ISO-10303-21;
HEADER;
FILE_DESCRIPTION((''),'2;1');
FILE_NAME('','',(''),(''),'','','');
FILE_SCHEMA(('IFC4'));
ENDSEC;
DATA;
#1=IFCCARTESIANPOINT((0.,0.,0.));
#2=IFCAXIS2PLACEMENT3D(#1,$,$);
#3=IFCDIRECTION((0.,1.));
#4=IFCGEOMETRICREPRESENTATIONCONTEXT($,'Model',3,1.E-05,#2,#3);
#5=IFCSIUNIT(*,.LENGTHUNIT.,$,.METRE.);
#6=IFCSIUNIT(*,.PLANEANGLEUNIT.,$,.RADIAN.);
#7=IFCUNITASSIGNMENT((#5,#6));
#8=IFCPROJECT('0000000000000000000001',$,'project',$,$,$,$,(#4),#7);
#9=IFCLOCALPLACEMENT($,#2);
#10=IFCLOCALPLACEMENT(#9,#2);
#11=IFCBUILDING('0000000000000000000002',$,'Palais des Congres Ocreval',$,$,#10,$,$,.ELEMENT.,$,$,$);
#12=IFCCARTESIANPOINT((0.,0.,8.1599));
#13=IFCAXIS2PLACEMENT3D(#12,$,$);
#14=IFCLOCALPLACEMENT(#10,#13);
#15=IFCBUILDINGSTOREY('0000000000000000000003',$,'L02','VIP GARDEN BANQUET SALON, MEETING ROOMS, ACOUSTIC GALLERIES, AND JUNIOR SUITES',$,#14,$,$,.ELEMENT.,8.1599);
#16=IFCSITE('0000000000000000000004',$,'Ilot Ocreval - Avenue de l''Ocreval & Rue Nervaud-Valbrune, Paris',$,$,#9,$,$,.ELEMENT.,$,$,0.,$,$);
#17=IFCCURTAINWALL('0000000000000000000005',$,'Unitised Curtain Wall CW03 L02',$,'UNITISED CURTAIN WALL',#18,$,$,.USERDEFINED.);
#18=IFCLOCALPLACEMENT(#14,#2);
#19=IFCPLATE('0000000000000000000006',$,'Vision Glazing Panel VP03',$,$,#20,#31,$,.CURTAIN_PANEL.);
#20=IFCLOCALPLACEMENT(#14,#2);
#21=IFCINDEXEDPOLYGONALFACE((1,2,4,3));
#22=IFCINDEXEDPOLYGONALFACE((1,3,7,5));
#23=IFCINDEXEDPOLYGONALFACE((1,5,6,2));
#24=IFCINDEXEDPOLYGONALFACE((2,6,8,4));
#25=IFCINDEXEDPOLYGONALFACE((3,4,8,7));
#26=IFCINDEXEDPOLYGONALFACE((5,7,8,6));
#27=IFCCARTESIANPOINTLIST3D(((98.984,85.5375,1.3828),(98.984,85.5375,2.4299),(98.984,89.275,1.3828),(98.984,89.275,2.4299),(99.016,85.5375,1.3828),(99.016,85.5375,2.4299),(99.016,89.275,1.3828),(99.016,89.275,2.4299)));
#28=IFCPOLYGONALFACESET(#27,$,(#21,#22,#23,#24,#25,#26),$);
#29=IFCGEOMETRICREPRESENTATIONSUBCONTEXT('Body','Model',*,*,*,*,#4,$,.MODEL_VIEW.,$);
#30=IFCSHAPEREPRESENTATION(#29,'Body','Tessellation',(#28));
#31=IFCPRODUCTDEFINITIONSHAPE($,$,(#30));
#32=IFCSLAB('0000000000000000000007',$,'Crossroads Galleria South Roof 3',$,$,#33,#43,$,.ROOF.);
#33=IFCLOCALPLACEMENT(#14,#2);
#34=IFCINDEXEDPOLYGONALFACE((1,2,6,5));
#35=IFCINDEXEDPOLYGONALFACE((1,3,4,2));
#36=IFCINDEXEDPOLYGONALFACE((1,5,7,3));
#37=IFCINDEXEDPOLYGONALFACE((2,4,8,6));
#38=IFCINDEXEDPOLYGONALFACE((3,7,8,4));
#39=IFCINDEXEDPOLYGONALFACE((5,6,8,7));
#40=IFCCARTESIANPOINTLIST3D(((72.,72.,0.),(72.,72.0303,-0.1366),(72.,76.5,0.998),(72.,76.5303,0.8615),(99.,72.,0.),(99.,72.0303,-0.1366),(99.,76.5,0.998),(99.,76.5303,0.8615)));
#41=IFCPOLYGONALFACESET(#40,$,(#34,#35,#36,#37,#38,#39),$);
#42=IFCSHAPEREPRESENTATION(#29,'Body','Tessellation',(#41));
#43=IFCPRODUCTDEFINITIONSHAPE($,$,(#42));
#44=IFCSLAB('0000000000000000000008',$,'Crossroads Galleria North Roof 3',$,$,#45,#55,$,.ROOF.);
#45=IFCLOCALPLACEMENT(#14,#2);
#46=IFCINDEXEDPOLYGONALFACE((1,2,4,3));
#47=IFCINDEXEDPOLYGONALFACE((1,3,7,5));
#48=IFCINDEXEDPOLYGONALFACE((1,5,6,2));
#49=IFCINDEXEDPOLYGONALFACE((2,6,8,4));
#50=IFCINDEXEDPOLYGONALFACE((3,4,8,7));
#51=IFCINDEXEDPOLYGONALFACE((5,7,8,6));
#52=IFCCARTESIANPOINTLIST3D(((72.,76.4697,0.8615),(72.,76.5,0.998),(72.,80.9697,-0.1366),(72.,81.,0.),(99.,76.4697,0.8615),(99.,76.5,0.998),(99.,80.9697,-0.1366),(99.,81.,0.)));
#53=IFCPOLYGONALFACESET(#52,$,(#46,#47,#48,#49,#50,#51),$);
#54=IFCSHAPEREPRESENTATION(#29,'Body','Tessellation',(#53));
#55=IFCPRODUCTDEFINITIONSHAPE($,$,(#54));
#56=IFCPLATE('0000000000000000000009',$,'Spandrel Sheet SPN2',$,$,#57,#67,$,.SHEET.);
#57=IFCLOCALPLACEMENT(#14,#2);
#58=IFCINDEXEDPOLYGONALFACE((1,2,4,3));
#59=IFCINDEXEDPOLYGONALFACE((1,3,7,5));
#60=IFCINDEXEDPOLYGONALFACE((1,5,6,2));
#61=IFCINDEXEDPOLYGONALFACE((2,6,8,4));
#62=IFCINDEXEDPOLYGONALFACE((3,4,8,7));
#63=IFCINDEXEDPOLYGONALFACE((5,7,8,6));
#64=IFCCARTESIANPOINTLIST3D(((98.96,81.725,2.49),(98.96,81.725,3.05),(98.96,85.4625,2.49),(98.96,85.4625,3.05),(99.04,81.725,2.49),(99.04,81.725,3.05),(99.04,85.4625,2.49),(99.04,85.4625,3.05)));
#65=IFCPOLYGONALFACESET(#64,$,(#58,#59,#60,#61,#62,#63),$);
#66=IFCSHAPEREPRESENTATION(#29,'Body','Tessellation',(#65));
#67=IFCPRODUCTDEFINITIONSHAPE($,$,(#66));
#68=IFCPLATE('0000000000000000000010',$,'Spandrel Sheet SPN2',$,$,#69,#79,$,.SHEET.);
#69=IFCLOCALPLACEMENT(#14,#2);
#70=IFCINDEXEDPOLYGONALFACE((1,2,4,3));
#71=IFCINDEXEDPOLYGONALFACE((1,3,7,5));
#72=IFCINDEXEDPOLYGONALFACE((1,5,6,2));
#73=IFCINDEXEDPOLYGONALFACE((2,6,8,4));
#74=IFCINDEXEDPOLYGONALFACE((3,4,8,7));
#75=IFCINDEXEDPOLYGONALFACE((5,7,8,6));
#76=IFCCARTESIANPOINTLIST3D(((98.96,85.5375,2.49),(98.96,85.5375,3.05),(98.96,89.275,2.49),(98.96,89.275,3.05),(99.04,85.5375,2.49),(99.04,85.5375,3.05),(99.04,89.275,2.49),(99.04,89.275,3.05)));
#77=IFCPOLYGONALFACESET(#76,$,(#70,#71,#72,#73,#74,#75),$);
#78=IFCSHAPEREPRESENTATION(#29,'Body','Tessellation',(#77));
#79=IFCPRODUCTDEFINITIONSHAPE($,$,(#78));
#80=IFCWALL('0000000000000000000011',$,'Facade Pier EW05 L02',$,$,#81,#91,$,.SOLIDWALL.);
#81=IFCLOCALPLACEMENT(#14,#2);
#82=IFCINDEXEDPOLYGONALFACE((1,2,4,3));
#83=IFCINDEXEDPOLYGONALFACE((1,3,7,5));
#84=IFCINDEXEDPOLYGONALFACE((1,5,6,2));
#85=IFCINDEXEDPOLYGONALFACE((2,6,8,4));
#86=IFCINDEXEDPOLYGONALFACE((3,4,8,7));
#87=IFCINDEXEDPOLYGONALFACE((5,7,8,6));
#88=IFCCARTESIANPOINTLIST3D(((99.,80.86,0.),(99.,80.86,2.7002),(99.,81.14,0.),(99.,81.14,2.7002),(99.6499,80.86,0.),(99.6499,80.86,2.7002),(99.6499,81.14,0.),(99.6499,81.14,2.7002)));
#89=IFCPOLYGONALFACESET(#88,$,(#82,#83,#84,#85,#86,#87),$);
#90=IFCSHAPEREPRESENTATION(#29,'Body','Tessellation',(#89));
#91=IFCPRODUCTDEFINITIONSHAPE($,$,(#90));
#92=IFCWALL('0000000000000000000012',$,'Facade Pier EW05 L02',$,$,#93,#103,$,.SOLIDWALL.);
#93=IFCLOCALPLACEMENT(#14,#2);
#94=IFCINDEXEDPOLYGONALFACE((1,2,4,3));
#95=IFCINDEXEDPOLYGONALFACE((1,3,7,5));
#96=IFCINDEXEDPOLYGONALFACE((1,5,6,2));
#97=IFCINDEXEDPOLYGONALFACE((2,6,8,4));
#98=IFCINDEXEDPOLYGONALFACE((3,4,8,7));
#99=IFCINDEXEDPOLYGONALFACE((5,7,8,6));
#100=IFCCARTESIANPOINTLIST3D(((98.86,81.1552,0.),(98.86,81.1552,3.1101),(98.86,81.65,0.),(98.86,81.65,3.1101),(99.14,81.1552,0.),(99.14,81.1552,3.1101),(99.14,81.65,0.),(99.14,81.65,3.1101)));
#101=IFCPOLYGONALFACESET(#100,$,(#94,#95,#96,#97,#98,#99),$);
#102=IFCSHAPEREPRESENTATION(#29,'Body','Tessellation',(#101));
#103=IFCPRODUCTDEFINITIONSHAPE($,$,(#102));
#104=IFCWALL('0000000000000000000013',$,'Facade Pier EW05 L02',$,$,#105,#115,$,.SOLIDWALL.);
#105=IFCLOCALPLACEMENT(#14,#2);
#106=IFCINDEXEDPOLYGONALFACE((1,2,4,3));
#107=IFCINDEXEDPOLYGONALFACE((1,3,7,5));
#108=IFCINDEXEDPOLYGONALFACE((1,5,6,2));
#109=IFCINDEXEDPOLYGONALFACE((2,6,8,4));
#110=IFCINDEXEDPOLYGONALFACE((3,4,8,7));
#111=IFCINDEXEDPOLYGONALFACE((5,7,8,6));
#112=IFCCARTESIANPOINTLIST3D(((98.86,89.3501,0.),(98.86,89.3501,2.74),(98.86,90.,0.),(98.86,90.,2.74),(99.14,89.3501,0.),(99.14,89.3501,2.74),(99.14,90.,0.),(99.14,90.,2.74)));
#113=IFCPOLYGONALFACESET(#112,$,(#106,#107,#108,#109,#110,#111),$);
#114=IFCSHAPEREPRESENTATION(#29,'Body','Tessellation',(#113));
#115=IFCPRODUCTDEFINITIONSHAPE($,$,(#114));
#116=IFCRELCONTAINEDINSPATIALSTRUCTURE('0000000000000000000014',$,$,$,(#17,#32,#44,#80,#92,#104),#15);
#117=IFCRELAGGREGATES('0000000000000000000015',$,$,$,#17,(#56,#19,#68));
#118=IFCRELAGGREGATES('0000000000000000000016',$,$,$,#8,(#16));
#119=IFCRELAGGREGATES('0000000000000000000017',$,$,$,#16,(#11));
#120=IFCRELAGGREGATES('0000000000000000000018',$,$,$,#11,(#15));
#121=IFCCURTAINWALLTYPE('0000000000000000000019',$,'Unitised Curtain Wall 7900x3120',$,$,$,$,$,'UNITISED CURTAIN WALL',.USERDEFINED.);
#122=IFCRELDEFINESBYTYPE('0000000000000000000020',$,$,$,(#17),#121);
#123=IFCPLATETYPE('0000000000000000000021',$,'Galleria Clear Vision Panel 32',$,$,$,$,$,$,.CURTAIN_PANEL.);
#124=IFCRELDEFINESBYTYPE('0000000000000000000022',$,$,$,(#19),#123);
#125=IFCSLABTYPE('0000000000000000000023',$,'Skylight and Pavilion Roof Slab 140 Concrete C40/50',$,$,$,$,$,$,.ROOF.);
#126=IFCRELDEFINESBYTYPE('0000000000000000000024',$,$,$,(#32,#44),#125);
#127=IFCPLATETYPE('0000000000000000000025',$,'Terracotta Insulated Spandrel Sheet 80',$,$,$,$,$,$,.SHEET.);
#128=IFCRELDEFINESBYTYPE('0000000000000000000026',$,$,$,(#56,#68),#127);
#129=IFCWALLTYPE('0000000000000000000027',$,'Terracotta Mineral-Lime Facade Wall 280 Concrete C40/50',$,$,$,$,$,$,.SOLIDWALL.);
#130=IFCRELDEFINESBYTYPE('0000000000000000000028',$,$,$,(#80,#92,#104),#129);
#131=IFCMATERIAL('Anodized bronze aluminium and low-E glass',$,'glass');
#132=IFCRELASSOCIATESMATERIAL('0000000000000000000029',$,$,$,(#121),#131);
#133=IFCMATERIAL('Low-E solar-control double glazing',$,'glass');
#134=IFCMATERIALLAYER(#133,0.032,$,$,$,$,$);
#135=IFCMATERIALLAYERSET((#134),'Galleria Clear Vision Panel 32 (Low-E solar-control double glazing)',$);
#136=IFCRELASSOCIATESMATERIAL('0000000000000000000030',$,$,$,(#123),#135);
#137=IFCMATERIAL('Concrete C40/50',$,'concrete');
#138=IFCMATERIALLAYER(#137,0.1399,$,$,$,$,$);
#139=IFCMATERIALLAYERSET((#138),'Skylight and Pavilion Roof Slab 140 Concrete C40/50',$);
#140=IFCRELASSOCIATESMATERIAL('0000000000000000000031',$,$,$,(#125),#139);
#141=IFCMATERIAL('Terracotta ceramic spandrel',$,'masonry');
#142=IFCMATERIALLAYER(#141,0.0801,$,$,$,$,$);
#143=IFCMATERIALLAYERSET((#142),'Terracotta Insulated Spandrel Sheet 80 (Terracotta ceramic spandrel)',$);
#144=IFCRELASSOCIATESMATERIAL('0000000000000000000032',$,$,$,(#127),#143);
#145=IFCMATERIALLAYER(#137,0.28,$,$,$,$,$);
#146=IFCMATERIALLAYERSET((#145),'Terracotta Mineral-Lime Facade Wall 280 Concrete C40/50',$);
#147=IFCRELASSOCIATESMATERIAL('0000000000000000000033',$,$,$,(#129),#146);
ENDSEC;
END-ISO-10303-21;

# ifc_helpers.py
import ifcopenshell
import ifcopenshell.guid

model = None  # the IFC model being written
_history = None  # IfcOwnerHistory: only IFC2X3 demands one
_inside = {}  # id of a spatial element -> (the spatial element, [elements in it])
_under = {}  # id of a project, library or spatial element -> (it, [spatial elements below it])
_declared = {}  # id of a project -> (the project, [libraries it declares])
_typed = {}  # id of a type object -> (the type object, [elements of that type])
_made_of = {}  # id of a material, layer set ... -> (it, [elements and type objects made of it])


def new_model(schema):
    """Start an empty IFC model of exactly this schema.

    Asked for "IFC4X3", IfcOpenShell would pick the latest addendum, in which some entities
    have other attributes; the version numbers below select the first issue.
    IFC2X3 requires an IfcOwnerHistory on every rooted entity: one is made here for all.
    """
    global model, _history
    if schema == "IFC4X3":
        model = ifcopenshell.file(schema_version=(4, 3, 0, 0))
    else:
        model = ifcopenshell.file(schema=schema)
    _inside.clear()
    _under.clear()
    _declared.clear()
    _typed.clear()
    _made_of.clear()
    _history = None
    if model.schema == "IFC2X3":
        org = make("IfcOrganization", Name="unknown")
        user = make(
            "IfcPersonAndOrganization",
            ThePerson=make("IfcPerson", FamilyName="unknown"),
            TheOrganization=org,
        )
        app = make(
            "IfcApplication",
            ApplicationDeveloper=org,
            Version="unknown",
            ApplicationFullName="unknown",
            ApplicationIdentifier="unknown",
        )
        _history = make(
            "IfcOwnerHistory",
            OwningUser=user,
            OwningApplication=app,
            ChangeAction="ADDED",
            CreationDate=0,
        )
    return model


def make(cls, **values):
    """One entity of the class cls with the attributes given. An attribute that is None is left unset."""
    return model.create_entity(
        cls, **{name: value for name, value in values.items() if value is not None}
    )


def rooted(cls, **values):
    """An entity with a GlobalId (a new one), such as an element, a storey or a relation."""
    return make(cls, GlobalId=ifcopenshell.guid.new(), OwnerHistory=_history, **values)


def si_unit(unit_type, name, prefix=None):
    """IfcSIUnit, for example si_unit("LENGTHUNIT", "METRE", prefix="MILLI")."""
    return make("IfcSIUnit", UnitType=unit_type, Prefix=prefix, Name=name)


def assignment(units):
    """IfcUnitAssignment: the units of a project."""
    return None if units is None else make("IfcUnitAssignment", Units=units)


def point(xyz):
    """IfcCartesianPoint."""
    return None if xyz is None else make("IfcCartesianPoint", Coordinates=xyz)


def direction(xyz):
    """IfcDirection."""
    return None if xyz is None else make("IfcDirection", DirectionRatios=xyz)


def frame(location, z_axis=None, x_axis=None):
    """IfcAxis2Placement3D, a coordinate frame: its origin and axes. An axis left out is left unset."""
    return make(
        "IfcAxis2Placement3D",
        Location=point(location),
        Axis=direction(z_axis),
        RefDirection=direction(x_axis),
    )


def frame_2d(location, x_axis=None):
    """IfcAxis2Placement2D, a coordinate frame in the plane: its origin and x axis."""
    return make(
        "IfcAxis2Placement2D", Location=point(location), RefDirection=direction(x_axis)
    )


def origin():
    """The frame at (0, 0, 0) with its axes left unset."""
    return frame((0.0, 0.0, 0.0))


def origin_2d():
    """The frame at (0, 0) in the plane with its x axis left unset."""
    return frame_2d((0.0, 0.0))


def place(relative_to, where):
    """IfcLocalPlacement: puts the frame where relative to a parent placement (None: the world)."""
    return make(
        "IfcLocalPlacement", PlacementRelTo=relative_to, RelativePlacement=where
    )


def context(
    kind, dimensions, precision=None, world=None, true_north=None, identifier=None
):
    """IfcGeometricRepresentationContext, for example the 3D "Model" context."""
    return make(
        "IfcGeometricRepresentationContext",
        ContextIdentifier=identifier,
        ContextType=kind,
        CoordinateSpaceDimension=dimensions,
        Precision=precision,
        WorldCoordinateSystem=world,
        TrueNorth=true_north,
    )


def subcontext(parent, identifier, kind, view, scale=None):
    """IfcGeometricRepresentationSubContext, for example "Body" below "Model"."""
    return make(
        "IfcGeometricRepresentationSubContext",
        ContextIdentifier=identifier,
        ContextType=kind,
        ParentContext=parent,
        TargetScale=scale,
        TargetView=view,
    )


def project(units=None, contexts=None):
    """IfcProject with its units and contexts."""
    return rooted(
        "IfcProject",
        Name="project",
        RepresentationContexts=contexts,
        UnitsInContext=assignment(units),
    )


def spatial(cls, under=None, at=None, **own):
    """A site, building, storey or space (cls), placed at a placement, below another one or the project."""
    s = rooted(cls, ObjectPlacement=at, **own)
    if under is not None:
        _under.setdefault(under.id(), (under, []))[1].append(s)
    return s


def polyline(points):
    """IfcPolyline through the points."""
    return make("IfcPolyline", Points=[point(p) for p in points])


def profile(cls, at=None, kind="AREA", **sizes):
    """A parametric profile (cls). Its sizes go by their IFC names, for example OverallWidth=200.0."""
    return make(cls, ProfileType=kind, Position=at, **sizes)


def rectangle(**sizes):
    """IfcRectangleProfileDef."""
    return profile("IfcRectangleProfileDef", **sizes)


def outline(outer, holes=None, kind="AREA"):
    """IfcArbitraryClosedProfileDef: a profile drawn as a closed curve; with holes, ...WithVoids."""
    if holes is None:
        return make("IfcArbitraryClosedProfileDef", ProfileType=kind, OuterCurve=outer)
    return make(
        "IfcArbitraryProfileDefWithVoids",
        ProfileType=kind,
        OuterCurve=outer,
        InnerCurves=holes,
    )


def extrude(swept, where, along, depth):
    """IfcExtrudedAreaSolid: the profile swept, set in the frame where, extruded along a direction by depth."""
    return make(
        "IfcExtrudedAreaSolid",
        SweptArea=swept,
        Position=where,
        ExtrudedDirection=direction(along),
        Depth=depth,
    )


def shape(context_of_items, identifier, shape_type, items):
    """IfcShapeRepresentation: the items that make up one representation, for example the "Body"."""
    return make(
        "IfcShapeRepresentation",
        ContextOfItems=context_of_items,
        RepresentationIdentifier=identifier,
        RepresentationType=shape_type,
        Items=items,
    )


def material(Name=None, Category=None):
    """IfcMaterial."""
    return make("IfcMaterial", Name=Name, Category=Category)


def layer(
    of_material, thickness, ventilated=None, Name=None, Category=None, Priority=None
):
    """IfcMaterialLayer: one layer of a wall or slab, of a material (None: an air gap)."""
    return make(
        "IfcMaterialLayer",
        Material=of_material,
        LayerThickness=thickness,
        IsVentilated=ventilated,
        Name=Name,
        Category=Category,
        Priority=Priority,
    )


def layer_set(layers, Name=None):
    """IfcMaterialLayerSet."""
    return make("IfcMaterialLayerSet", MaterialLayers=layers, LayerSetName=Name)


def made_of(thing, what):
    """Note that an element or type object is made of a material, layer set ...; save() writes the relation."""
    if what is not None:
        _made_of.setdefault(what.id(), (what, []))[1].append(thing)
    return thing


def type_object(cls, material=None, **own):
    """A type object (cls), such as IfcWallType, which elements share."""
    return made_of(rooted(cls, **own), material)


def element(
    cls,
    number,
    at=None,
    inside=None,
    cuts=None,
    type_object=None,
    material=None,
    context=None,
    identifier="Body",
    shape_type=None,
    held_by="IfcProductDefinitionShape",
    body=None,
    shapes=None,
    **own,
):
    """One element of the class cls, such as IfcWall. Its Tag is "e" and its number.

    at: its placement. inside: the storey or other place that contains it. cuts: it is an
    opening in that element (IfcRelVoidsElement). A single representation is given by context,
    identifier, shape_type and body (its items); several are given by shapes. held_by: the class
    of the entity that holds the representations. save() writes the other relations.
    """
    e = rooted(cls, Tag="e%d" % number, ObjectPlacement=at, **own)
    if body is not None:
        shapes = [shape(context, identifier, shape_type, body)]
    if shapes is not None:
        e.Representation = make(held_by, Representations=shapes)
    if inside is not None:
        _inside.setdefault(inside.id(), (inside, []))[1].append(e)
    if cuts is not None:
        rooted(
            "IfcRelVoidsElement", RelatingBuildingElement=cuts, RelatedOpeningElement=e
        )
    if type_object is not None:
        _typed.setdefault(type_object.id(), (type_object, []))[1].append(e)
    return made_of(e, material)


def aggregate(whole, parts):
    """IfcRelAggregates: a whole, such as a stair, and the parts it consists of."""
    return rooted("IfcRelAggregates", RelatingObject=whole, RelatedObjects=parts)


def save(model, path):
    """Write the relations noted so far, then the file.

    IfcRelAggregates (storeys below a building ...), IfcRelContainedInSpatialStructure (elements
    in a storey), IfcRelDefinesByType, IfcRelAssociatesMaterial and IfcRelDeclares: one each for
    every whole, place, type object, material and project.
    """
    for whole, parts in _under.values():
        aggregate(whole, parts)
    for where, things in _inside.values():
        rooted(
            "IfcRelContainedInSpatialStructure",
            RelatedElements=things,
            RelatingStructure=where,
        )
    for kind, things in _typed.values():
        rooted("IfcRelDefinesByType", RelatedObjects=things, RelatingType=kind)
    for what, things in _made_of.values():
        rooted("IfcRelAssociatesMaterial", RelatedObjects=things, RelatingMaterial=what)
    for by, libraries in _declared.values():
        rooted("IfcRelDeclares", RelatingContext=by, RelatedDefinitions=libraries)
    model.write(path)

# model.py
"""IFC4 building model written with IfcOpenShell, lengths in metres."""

from ifc_helpers import new_model, si_unit, direction, frame, frame_2d, origin, origin_2d, place, context, subcontext, project, spatial, polyline, rectangle, outline, extrude, material, layer, layer_set, type_object, element, aggregate, save


model = new_model("IFC4")

# Units and contexts
model_context = context("Model", 3, precision=1e-05, world=origin(), true_north=direction((0.0, 1.0)))
body_context = subcontext(model_context, "Body", "Model", "MODEL_VIEW")
ifc_project = project(units=[si_unit("LENGTHUNIT", "METRE"), si_unit("PLANEANGLEUNIT", "RADIAN")], contexts=[model_context])

# Site, building, storey
site_placement = place(None, origin())
site = spatial("IfcSite", under=ifc_project, at=site_placement, Name="Ilot Ocreval - Avenue de l'Ocreval & Rue Nervaud-Valbrune, Paris", CompositionType="ELEMENT", RefElevation=0.0)
building_placement = place(site_placement, origin())
building = spatial("IfcBuilding", under=site, at=building_placement, Name="Palais des Congres Ocreval", CompositionType="ELEMENT")
storey_placement = place(building_placement, frame((0.0, 0.0, 8.1599)))
storey = spatial("IfcBuildingStorey", under=building, at=storey_placement, Name="L02", Description="VIP GARDEN BANQUET SALON, MEETING ROOMS, ACOUSTIC GALLERIES, AND JUNIOR SUITES", CompositionType="ELEMENT", Elevation=8.1599)

# Shared definitions
ifc_material_1 = material(Name="Anodized bronze aluminium and low-E glass", Category="glass")
curtain_wall_type = type_object("IfcCurtainWallType", Name="Unitised Curtain Wall 7900x3120", ElementType="UNITISED CURTAIN WALL", PredefinedType="USERDEFINED", material=ifc_material_1)

# Curtain wall
curtain_wall_1_placement = place(storey_placement, origin())
curtain_wall_1 = element("IfcCurtainWall", 1, at=curtain_wall_1_placement, inside=storey, type_object=curtain_wall_type, Name="Unitised Curtain Wall CW03 L02", ObjectType="UNITISED CURTAIN WALL", PredefinedType="USERDEFINED")

# Plate
ifc_material_2 = material(Name="Low-E solar-control double glazing", Category="glass")
ifc_layer_1 = layer(ifc_material_2, 0.032)
ifc_layer_set_1 = layer_set([ifc_layer_1], Name="Galleria Clear Vision Panel 32 (Low-E solar-control double glazing)")
plate_type_1 = type_object("IfcPlateType", Name="Galleria Clear Vision Panel 32", PredefinedType="CURTAIN_PANEL", material=ifc_layer_set_1)
plate_1_placement = place(storey_placement, frame((99.0, 87.4062, 1.3828), z_axis=(0.0, 0.0, 1.0), x_axis=(0.0, 1.0, 0.0)))
plate_1 = element("IfcPlate", 2, at=plate_1_placement, type_object=plate_type_1, Name="Vision Glazing Panel VP03", PredefinedType="CURTAIN_PANEL", context=body_context, shape_type="SweptSolid", body=[
    extrude(rectangle(XDim=3.7375, YDim=0.032, at=origin_2d()), origin(), (0.0, 0.0, 1.0), 1.0471),
])

# Slabs
ifc_material_3 = material(Name="Concrete C40/50", Category="concrete")
ifc_layer_2 = layer(ifc_material_3, 0.1399)
ifc_layer_set_2 = layer_set([ifc_layer_2], Name="Skylight and Pavilion Roof Slab 140 Concrete C40/50")
slab_type = type_object("IfcSlabType", Name="Skylight and Pavilion Roof Slab 140 Concrete C40/50", PredefinedType="ROOF", material=ifc_layer_set_2)
for number, where, z_axis, x_axis, name in (
    (3, (72.0, 72.0, 0.0), (0.0, -0.216527, 0.976277), (1.0, 0.0, 0.0), "Crossroads Galleria South Roof 3"),
    (4, (72.0, 76.5, 0.998), (0.0, 0.216527, 0.976277), (1.0, 0.0, 0.0), "Crossroads Galleria North Roof 3"),
):
    element("IfcSlab", number, at=place(storey_placement, frame(where, z_axis=z_axis, x_axis=x_axis)), inside=storey, type_object=slab_type, Name=name, PredefinedType="ROOF", context=body_context, shape_type="SweptSolid", body=[
        extrude(outline(polyline([(0.0, 0.0), (27.0, 0.0), (27.0, 4.6093), (0.0, 4.6093), (0.0, 0.0)])), origin(), (0.0, 0.0, -1.0), 0.1399),
    ])

# Plates
ifc_material_4 = material(Name="Terracotta ceramic spandrel", Category="masonry")
ifc_layer_3 = layer(ifc_material_4, 0.0801)
ifc_layer_set_3 = layer_set([ifc_layer_3], Name="Terracotta Insulated Spandrel Sheet 80 (Terracotta ceramic spandrel)")
plate_type_2 = type_object("IfcPlateType", Name="Terracotta Insulated Spandrel Sheet 80", PredefinedType="SHEET", material=ifc_layer_set_3)
plate_2_placement = place(storey_placement, frame((99.0, 83.5938, 2.49), z_axis=(0.0, 0.0, 1.0), x_axis=(0.0, 1.0, 0.0)))
plate_2 = element("IfcPlate", 5, at=plate_2_placement, type_object=plate_type_2, Name="Spandrel Sheet SPN2", PredefinedType="SHEET", context=body_context, shape_type="SweptSolid", body=[
    extrude(rectangle(XDim=3.7375, YDim=0.0801, at=origin_2d()), origin(), (0.0, 0.0, 1.0), 0.5601),
])
plate_3_placement = place(storey_placement, frame((99.0, 87.4062, 2.49), z_axis=(0.0, 0.0, 1.0), x_axis=(0.0, 1.0, 0.0)))
plate_3 = element("IfcPlate", 6, at=plate_3_placement, type_object=plate_type_2, Name="Spandrel Sheet SPN2", PredefinedType="SHEET", context=body_context, shape_type="SweptSolid", body=[
    extrude(rectangle(XDim=3.7375, YDim=0.0801, at=origin_2d()), origin(), (0.0, 0.0, 1.0), 0.5601),
])
aggregate(curtain_wall_1, [plate_2, plate_1, plate_3])

# Walls
ifc_layer_4 = layer(ifc_material_3, 0.28)
ifc_layer_set_4 = layer_set([ifc_layer_4], Name="Terracotta Mineral-Lime Facade Wall 280 Concrete C40/50")
wall_type = type_object("IfcWallType", Name="Terracotta Mineral-Lime Facade Wall 280 Concrete C40/50", PredefinedType="SOLIDWALL", material=ifc_layer_set_4)
wall_1_placement = place(storey_placement, frame((99.6499, 81.0, 0.0), z_axis=(0.0, 0.0, 1.0), x_axis=(-1.0, 0.0, 0.0)))
element("IfcWall", 7, at=wall_1_placement, inside=storey, type_object=wall_type, Name="Facade Pier EW05 L02", PredefinedType="SOLIDWALL", context=body_context, shape_type="SweptSolid", body=[
    extrude(rectangle(XDim=0.6499, YDim=0.28, at=frame_2d((0.325, 0.0))), origin(), (0.0, 0.0, 1.0), 2.7002),
])
wall_2_placement = place(storey_placement, frame((99.0, 81.155, 0.0), z_axis=(0.0, 0.0, 1.0), x_axis=(0.0, 1.0, 0.0)))
element("IfcWall", 8, at=wall_2_placement, inside=storey, type_object=wall_type, Name="Facade Pier EW05 L02", PredefinedType="SOLIDWALL", context=body_context, shape_type="SweptSolid", body=[
    extrude(rectangle(XDim=0.4949, YDim=0.28, at=frame_2d((0.2476, 0.0))), origin(), (0.0, 0.0, 1.0), 3.1101),
])
wall_3_placement = place(storey_placement, frame((99.0, 89.3501, 0.0), z_axis=(0.0, 0.0, 1.0), x_axis=(0.0, 1.0, 0.0)))
element("IfcWall", 9, at=wall_3_placement, inside=storey, type_object=wall_type, Name="Facade Pier EW05 L02", PredefinedType="SOLIDWALL", context=body_context, shape_type="SweptSolid", body=[
    extrude(rectangle(XDim=0.6499, YDim=0.28, at=frame_2d((0.325, 0.0))), origin(), (0.0, 0.0, 1.0), 2.74),
])

save(model, "model.ifc")
